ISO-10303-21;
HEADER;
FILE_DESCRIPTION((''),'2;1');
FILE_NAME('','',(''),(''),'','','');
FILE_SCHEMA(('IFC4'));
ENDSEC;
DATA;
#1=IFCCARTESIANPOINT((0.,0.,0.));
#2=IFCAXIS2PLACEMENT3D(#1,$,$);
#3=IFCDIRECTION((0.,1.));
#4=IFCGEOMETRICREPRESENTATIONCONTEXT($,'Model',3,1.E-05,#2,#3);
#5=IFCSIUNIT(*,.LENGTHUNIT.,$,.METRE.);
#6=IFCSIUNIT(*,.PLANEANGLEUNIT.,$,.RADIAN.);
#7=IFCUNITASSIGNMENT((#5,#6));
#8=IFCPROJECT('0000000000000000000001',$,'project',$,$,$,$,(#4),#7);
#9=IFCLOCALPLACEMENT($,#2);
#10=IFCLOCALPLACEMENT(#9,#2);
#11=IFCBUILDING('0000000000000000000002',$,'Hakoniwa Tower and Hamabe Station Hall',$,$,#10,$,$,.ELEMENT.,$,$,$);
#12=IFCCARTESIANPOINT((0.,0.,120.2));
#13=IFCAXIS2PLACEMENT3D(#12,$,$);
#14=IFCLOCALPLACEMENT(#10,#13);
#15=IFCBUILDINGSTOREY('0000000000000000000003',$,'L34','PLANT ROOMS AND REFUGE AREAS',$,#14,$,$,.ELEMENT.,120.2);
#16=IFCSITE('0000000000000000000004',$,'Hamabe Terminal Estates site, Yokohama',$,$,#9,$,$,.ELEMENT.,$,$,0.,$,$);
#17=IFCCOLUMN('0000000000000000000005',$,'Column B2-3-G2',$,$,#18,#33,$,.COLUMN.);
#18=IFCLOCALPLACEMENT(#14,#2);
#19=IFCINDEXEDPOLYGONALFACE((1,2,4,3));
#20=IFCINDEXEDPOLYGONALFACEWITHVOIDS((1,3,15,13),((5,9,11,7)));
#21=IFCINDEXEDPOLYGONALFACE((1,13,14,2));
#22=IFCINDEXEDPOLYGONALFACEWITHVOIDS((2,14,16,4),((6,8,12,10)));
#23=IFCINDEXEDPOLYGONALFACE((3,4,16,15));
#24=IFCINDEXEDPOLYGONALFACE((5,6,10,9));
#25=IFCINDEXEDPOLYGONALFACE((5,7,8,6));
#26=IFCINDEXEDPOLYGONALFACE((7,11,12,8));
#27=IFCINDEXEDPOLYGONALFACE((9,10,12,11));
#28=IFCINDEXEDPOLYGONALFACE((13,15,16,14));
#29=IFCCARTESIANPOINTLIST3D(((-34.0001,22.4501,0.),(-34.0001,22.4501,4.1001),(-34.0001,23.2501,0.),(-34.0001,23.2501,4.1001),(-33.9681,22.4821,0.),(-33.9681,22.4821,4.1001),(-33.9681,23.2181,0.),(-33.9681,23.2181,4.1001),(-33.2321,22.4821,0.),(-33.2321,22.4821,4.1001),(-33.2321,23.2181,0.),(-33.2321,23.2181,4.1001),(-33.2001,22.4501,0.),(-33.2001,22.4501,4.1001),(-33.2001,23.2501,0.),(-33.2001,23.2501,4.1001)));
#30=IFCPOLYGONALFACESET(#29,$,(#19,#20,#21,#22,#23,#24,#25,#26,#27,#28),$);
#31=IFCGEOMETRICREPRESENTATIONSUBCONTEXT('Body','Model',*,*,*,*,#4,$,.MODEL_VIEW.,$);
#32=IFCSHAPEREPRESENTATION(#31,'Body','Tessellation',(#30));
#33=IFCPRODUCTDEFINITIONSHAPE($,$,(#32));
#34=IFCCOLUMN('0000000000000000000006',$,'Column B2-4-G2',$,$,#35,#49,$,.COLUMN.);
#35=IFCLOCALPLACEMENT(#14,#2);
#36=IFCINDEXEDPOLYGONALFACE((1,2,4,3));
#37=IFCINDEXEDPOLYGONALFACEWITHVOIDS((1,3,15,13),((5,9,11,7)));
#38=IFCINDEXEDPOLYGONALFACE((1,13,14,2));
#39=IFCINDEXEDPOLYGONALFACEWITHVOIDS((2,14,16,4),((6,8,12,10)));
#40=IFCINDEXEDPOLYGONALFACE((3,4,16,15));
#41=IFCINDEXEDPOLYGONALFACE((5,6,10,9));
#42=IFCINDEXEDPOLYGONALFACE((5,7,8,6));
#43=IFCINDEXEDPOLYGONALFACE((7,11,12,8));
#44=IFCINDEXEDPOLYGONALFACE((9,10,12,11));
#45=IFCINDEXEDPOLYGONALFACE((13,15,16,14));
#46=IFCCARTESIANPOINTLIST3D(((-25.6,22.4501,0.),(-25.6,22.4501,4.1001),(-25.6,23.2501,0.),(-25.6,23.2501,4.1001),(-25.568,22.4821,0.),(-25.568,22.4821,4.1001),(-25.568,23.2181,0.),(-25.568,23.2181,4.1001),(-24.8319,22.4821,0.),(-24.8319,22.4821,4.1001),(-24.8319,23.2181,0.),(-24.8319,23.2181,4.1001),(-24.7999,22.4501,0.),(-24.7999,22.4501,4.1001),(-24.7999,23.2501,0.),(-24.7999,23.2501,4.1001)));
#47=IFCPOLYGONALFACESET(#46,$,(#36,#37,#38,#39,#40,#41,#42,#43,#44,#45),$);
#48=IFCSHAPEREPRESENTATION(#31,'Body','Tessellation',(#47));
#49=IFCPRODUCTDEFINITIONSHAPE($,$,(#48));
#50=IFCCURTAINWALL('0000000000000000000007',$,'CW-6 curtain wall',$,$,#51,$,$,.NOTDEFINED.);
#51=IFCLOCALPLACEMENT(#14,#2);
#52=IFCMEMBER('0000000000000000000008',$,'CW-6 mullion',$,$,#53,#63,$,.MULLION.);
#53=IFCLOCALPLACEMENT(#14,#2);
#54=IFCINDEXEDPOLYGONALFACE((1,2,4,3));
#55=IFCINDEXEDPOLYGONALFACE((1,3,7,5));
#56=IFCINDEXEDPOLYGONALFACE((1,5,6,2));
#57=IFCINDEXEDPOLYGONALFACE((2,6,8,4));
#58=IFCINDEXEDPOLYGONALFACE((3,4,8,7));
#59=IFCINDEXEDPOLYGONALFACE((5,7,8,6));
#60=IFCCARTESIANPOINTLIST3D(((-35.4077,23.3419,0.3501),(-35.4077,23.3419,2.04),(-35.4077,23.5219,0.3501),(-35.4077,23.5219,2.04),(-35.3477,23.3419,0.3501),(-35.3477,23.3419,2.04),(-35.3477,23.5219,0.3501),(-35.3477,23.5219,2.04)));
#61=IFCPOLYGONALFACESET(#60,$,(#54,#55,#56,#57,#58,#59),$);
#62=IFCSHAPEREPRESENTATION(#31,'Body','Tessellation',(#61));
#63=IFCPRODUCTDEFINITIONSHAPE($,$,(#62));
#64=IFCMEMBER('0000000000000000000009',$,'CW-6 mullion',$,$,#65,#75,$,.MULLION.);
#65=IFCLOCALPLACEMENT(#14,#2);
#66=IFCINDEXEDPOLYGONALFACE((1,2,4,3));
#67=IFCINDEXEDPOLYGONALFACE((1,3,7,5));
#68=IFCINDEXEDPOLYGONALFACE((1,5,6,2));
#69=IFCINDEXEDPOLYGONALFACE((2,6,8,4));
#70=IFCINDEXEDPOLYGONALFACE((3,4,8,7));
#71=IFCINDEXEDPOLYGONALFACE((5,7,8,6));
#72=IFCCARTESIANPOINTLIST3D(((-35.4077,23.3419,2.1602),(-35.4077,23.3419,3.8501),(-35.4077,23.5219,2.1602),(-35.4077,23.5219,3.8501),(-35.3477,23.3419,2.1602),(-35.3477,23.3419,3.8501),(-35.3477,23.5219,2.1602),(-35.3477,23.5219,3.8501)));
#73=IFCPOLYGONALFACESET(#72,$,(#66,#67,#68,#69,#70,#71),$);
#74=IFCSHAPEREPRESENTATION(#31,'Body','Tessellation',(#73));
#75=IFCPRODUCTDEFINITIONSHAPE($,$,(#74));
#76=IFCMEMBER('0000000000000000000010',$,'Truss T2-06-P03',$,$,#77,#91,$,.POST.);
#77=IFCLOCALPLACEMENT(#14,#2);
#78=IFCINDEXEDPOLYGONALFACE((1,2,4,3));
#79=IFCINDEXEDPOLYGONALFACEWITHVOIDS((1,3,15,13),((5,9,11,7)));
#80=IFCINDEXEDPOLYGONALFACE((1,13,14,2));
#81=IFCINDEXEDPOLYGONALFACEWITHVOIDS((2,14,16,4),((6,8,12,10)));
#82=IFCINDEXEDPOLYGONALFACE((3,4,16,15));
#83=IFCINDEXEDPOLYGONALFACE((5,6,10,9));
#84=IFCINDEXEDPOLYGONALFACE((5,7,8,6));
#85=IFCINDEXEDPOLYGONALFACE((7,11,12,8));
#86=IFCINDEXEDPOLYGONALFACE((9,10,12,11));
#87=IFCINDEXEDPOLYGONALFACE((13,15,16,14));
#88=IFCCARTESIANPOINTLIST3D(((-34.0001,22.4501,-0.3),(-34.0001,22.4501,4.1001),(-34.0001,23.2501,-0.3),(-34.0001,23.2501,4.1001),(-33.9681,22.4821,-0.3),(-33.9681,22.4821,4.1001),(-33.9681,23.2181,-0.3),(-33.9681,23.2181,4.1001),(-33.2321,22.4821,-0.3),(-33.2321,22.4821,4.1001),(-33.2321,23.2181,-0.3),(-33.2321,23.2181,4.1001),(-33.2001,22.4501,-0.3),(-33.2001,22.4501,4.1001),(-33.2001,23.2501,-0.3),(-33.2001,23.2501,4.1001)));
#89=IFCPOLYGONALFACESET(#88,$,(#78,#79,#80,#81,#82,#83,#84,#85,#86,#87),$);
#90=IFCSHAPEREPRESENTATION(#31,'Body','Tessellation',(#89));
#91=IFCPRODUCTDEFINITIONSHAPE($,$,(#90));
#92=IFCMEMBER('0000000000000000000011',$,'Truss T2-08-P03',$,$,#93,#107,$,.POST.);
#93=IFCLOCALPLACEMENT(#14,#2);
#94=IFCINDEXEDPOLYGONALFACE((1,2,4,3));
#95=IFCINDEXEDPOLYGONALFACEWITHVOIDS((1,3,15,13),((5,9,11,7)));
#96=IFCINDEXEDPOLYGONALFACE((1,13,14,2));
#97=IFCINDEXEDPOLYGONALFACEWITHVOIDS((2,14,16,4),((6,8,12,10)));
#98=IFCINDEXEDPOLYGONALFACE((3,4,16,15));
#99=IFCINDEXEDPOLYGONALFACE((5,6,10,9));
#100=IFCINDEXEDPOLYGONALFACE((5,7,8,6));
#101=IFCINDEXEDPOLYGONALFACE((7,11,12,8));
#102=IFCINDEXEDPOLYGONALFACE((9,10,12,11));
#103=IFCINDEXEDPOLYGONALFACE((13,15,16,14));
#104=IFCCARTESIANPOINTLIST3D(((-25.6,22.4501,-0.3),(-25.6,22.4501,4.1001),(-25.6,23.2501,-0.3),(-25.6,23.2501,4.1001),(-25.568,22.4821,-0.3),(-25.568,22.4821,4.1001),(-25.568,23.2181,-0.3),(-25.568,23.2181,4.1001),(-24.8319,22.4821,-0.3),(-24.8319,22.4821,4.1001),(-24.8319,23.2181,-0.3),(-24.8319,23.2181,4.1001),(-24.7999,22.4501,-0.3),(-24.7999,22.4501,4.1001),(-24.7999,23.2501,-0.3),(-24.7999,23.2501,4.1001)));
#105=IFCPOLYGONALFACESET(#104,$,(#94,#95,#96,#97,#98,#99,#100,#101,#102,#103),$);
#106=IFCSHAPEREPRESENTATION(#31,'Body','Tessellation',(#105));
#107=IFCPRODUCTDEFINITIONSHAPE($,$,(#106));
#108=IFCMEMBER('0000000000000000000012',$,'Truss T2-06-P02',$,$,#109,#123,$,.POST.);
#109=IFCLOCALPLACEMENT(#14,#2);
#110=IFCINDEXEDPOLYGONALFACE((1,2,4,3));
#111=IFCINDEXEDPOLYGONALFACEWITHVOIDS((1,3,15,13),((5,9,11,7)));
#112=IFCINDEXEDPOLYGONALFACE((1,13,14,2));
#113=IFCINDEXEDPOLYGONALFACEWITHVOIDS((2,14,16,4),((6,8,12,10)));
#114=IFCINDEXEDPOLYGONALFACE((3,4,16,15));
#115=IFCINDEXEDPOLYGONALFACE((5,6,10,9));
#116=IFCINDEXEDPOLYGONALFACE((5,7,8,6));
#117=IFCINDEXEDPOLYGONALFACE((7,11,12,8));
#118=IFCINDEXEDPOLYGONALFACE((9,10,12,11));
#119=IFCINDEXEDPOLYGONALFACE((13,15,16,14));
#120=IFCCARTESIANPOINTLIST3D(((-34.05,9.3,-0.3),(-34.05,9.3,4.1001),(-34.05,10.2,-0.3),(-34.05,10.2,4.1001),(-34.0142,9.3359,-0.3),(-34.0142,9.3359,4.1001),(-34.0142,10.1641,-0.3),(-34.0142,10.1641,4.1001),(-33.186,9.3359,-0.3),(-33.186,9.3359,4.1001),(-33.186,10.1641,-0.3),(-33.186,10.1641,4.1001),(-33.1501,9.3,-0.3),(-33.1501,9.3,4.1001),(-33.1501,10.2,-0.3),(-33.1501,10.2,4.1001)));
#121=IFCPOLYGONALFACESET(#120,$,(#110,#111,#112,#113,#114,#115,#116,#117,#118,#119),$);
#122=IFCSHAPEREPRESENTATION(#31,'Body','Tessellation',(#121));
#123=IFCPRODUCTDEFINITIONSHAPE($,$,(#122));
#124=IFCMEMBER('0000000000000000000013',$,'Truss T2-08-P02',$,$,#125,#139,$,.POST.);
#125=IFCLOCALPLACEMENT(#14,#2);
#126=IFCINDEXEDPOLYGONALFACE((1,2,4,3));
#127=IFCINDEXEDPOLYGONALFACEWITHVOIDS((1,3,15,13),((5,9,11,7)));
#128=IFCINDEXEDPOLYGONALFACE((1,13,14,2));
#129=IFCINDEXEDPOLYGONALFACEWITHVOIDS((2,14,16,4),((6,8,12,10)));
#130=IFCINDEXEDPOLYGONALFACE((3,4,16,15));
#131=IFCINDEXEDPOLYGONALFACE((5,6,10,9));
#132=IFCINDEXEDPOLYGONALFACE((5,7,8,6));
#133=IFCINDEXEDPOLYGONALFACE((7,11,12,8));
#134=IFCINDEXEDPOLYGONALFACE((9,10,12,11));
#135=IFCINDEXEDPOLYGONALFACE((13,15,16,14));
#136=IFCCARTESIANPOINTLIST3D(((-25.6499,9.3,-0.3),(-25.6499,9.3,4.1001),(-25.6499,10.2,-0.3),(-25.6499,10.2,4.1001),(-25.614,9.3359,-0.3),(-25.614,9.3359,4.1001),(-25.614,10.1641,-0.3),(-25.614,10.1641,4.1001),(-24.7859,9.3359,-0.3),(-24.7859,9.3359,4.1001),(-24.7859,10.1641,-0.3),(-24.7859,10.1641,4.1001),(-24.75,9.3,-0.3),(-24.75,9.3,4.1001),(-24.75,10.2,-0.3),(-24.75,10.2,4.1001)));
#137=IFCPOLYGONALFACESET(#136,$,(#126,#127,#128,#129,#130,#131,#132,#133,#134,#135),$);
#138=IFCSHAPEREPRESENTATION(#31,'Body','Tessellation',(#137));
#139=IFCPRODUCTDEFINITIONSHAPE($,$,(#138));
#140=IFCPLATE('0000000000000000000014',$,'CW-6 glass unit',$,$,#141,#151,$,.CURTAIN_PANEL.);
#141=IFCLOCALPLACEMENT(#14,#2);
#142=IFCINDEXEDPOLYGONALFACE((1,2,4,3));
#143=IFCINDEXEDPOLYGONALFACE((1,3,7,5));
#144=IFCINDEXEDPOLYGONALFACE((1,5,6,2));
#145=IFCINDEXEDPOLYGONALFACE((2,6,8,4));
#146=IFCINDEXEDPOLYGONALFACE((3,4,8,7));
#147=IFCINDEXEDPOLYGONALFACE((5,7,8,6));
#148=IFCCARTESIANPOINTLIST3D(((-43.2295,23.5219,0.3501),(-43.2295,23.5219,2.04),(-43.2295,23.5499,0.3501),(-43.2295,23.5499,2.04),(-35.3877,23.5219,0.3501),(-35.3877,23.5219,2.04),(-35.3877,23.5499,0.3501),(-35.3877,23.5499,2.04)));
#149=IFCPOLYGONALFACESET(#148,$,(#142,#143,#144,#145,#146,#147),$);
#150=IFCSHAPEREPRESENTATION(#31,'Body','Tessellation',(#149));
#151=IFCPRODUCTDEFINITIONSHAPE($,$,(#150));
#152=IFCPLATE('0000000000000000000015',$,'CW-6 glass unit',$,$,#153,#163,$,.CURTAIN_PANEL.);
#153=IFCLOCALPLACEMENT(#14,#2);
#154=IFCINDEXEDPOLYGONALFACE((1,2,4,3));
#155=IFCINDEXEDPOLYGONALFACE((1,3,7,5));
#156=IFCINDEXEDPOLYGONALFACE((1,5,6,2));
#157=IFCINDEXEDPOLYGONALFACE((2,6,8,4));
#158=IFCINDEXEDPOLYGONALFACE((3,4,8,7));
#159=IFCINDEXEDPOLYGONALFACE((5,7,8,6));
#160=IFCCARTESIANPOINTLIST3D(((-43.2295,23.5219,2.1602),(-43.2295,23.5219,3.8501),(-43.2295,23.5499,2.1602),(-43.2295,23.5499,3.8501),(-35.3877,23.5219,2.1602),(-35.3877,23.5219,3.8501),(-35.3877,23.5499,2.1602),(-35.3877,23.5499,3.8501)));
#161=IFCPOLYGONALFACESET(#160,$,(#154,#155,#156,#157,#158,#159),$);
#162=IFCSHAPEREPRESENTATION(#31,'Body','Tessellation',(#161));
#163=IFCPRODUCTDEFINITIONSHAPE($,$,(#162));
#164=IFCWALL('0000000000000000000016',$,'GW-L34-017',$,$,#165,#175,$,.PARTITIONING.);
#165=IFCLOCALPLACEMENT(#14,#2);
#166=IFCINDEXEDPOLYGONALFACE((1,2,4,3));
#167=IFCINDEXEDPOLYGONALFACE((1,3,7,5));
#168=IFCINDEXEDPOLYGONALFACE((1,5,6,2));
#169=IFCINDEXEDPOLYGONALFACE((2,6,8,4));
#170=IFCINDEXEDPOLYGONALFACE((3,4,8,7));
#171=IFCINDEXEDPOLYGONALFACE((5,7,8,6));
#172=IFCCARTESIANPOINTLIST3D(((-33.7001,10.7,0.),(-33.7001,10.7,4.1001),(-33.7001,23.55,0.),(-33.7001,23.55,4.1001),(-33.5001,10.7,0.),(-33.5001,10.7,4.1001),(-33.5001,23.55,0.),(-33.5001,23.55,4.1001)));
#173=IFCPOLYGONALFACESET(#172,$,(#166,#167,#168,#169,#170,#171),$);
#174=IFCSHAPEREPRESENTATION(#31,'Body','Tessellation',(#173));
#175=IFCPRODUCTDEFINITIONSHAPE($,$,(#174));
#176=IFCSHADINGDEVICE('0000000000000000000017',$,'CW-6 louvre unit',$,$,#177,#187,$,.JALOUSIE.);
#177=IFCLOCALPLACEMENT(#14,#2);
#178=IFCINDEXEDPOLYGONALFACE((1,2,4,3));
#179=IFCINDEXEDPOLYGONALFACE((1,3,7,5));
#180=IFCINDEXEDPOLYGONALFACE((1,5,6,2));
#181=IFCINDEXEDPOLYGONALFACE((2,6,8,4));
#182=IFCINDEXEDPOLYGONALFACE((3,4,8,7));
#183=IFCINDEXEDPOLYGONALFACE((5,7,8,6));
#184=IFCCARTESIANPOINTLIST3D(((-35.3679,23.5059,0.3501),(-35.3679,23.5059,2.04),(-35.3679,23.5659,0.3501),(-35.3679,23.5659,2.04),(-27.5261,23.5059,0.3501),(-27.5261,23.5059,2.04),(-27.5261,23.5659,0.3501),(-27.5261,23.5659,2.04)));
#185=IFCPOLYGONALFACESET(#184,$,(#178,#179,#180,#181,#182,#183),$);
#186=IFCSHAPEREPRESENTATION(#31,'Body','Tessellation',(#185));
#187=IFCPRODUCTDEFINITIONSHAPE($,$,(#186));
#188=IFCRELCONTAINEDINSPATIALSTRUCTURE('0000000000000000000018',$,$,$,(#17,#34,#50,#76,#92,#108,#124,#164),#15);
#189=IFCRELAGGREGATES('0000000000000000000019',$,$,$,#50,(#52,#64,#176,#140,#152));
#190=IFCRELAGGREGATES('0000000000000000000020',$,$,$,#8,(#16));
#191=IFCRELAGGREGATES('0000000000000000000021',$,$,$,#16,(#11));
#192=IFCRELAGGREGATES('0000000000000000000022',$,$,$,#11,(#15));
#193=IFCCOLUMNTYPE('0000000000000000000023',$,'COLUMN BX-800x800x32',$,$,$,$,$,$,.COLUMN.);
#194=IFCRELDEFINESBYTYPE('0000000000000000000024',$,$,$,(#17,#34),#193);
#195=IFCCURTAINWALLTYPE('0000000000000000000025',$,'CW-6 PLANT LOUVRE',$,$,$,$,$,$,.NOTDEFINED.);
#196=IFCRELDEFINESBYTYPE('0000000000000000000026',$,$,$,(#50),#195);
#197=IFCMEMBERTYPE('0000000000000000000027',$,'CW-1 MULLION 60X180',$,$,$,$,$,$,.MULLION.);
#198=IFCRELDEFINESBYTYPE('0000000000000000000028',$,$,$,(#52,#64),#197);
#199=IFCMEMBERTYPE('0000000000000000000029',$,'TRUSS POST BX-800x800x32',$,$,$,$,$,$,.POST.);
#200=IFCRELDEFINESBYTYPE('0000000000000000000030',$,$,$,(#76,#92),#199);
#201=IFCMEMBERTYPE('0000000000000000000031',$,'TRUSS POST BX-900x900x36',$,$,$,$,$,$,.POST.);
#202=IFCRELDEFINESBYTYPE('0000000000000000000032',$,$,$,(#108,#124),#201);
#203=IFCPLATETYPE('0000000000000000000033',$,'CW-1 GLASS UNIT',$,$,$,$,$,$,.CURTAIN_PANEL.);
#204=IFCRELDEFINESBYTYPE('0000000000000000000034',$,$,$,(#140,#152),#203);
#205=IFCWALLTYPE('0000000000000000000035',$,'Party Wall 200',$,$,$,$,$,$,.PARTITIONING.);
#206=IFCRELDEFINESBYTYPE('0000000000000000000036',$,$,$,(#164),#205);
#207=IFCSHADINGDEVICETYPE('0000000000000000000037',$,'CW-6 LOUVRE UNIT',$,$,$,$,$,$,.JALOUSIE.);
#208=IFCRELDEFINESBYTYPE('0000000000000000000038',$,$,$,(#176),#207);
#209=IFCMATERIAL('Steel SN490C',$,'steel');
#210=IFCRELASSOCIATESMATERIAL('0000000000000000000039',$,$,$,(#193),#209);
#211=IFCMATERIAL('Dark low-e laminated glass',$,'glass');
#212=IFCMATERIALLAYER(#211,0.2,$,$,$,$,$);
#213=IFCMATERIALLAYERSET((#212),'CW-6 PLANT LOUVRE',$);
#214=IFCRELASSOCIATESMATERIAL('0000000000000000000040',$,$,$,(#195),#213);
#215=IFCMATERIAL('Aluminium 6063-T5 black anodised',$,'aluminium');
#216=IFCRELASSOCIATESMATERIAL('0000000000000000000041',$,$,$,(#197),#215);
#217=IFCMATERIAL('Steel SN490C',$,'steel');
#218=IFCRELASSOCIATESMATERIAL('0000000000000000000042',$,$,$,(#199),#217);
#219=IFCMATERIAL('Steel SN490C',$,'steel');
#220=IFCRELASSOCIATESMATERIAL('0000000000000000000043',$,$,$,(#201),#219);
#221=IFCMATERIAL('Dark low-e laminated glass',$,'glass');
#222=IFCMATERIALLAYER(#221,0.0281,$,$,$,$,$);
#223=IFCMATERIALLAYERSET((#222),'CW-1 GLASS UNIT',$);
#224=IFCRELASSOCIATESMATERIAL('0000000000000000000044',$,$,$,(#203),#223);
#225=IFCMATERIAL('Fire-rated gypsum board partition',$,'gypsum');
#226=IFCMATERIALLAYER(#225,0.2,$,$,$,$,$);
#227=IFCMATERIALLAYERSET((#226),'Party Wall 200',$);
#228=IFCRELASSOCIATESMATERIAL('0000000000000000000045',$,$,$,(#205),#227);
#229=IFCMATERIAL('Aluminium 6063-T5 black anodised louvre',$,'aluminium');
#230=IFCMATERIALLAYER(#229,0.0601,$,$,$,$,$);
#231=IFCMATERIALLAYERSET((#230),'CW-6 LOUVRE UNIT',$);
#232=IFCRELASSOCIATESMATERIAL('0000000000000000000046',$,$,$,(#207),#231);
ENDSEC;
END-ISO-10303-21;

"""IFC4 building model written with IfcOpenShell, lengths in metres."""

from ifc_helpers import new_model, si_unit, direction, frame, frame_2d, origin, origin_2d, place, context, subcontext, project, spatial, rectangle, hollow_rectangle, extrude, material, layer, layer_set, material_profile, profile_set, type_object, element, aggregate, save


model = new_model("IFC4")

# Units and contexts
model_context = context("Model", 3, precision=1e-05, world=origin(), true_north=direction((0.0, 1.0)))
body_context = subcontext(model_context, "Body", "Model", "MODEL_VIEW")
ifc_project = project(units=[si_unit("LENGTHUNIT", "METRE"), si_unit("PLANEANGLEUNIT", "RADIAN")], contexts=[model_context])

# Site, building, storey
site_placement = place(None, origin())
site = spatial("IfcSite", under=ifc_project, at=site_placement, Name="Hamabe Terminal Estates site, Yokohama", CompositionType="ELEMENT", RefElevation=0.0)
building_placement = place(site_placement, origin())
building = spatial("IfcBuilding", under=site, at=building_placement, Name="Hakoniwa Tower and Hamabe Station Hall", CompositionType="ELEMENT")
storey_placement = place(building_placement, frame((0.0, 0.0, 120.2)))
storey = spatial("IfcBuildingStorey", under=building, at=storey_placement, Name="L34", Description="PLANT ROOMS AND REFUGE AREAS", CompositionType="ELEMENT", Elevation=120.2)

# Columns
ifc_material_1 = material(Name="Steel SN490C", Category="steel")
ifc_material_profile_1 = material_profile(ifc_material_1, hollow_rectangle(XDim=0.8, YDim=0.8, WallThickness=0.032, at=origin_2d()), Name="BX-800x800x32")
ifc_profile_set_1 = profile_set([ifc_material_profile_1], Name="Steel SN490C")
column_type = type_object("IfcColumnType", Name="COLUMN BX-800x800x32", PredefinedType="COLUMN", material=ifc_profile_set_1)
for number, where, z_axis, x_axis, name in (
    (1, (-33.6001, 22.8501, 0.0), (0.0, 0.0, 1.0), (1.0, 0.0, 0.0), "Column B2-3-G2"),
    (2, (-25.2, 22.8501, 0.0), (0.0, 0.0, 1.0), (1.0, 0.0, 0.0), "Column B2-4-G2"),
):
    element("IfcColumn", number, at=place(storey_placement, frame(where, z_axis=z_axis, x_axis=x_axis)), inside=storey, type_object=column_type, Name=name, PredefinedType="COLUMN", context=body_context, shape_type="SweptSolid", body=[
        extrude(hollow_rectangle(XDim=0.8, YDim=0.8, WallThickness=0.032, at=origin_2d()), origin(), (0.0, 0.0, 1.0), 4.1001),
    ])

# Curtain wall, members
ifc_material_2 = material(Name="Dark low-e laminated glass", Category="glass")
ifc_layer_1 = layer(ifc_material_2, 0.2)
ifc_layer_set_1 = layer_set([ifc_layer_1], Name="CW-6 PLANT LOUVRE")
curtain_wall_type = type_object("IfcCurtainWallType", Name="CW-6 PLANT LOUVRE", PredefinedType="NOTDEFINED", material=ifc_layer_set_1)
curtain_wall_placement = place(storey_placement, origin())
curtain_wall = element("IfcCurtainWall", 3, at=curtain_wall_placement, inside=storey, type_object=curtain_wall_type, Name="CW-6 curtain wall", PredefinedType="NOTDEFINED")
ifc_material_3 = material(Name="Aluminium 6063-T5 black anodised", Category="aluminium")
ifc_material_profile_2 = material_profile(ifc_material_3, rectangle(XDim=0.0601, YDim=0.1799, at=origin_2d()), Name="CW-1 MULLION 60X180")
ifc_profile_set_2 = profile_set([ifc_material_profile_2], Name="Aluminium 6063-T5 black anodised")
member_type_1 = type_object("IfcMemberType", Name="CW-1 MULLION 60X180", PredefinedType="MULLION", material=ifc_profile_set_2)
member_1_placement = place(storey_placement, frame((-35.3777, 23.4319, 0.3501), z_axis=(0.0, 0.0, 1.0), x_axis=(-1.0, 0.0, 0.0)))
member_1 = element("IfcMember", 4, at=member_1_placement, type_object=member_type_1, Name="CW-6 mullion", PredefinedType="MULLION", context=body_context, shape_type="SweptSolid", body=[
    extrude(rectangle(XDim=0.0601, YDim=0.1799, at=origin_2d()), origin(), (0.0, 0.0, 1.0), 1.6899),
])
member_2_placement = place(storey_placement, frame((-35.3777, 23.4319, 2.1602), z_axis=(0.0, 0.0, 1.0), x_axis=(-1.0, 0.0, 0.0)))
member_2 = element("IfcMember", 5, at=member_2_placement, type_object=member_type_1, Name="CW-6 mullion", PredefinedType="MULLION", context=body_context, shape_type="SweptSolid", body=[
    extrude(rectangle(XDim=0.0601, YDim=0.1799, at=origin_2d()), origin(), (0.0, 0.0, 1.0), 1.6899),
])

# Members
ifc_material_4 = material(Name="Steel SN490C", Category="steel")
ifc_material_profile_3 = material_profile(ifc_material_4, hollow_rectangle(XDim=0.8, YDim=0.8, WallThickness=0.032, at=origin_2d()), Name="BX-800x800x32")
ifc_profile_set_3 = profile_set([ifc_material_profile_3], Name="Steel SN490C")
member_type_2 = type_object("IfcMemberType", Name="TRUSS POST BX-800x800x32", PredefinedType="POST", material=ifc_profile_set_3)
for number, where, z_axis, x_axis, name in (
    (6, (-33.6001, 22.8501, -0.3), (0.0, 0.0, 1.0), (1.0, 0.0, 0.0), "Truss T2-06-P03"),
    (7, (-25.2, 22.8501, -0.3), (0.0, 0.0, 1.0), (1.0, 0.0, 0.0), "Truss T2-08-P03"),
):
    element("IfcMember", number, at=place(storey_placement, frame(where, z_axis=z_axis, x_axis=x_axis)), inside=storey, type_object=member_type_2, Name=name, PredefinedType="POST", context=body_context, shape_type="SweptSolid", body=[
        extrude(hollow_rectangle(XDim=0.8, YDim=0.8, WallThickness=0.032, at=origin_2d()), origin(), (0.0, 0.0, 1.0), 4.4001),
    ])
ifc_material_5 = material(Name="Steel SN490C", Category="steel")
ifc_material_profile_4 = material_profile(ifc_material_5, hollow_rectangle(XDim=0.8999, YDim=0.8999, WallThickness=0.0359, at=origin_2d()), Name="BX-900x900x36")
ifc_profile_set_4 = profile_set([ifc_material_profile_4], Name="Steel SN490C")
member_type_3 = type_object("IfcMemberType", Name="TRUSS POST BX-900x900x36", PredefinedType="POST", material=ifc_profile_set_4)
for number, where, z_axis, x_axis, name in (
    (8, (-33.6001, 9.75, -0.3), (0.0, 0.0, 1.0), (1.0, 0.0, 0.0), "Truss T2-06-P02"),
    (9, (-25.2, 9.75, -0.3), (0.0, 0.0, 1.0), (1.0, 0.0, 0.0), "Truss T2-08-P02"),
):
    element("IfcMember", number, at=place(storey_placement, frame(where, z_axis=z_axis, x_axis=x_axis)), inside=storey, type_object=member_type_3, Name=name, PredefinedType="POST", context=body_context, shape_type="SweptSolid", body=[
        extrude(hollow_rectangle(XDim=0.8999, YDim=0.8999, WallThickness=0.0359, at=origin_2d()), origin(), (0.0, 0.0, 1.0), 4.4001),
    ])

# Plates
ifc_material_6 = material(Name="Dark low-e laminated glass", Category="glass")
ifc_layer_2 = layer(ifc_material_6, 0.0281)
ifc_layer_set_2 = layer_set([ifc_layer_2], Name="CW-1 GLASS UNIT")
plate_type = type_object("IfcPlateType", Name="CW-1 GLASS UNIT", PredefinedType="CURTAIN_PANEL", material=ifc_layer_set_2)
plate_1_placement = place(storey_placement, frame((-39.3086, 23.5359, 0.3501), z_axis=(0.0, 0.0, 1.0), x_axis=(-1.0, 0.0, 0.0)))
plate_1 = element("IfcPlate", 10, at=plate_1_placement, type_object=plate_type, Name="CW-6 glass unit", PredefinedType="CURTAIN_PANEL", context=body_context, shape_type="SweptSolid", body=[
    extrude(rectangle(XDim=7.8418, YDim=0.0281, at=origin_2d()), origin(), (0.0, 0.0, 1.0), 1.6899),
])
plate_2_placement = place(storey_placement, frame((-39.3086, 23.5359, 2.1602), z_axis=(0.0, 0.0, 1.0), x_axis=(-1.0, 0.0, 0.0)))
plate_2 = element("IfcPlate", 11, at=plate_2_placement, type_object=plate_type, Name="CW-6 glass unit", PredefinedType="CURTAIN_PANEL", context=body_context, shape_type="SweptSolid", body=[
    extrude(rectangle(XDim=7.8418, YDim=0.0281, at=origin_2d()), origin(), (0.0, 0.0, 1.0), 1.6899),
])

# Wall
ifc_material_7 = material(Name="Fire-rated gypsum board partition", Category="gypsum")
ifc_layer_3 = layer(ifc_material_7, 0.2)
ifc_layer_set_3 = layer_set([ifc_layer_3], Name="Party Wall 200")
wall_type = type_object("IfcWallType", Name="Party Wall 200", PredefinedType="PARTITIONING", material=ifc_layer_set_3)
wall_placement = place(storey_placement, frame((-33.6001, 10.7, 0.0), z_axis=(0.0, 0.0, 1.0), x_axis=(0.0, 1.0, 0.0)))
element("IfcWall", 12, at=wall_placement, inside=storey, type_object=wall_type, Name="GW-L34-017", PredefinedType="PARTITIONING", context=body_context, shape_type="SweptSolid", body=[
    extrude(rectangle(XDim=12.8501, YDim=0.2, at=frame_2d((6.425, 0.0))), origin(), (0.0, 0.0, 1.0), 4.1001),
])

# Shading device
ifc_material_8 = material(Name="Aluminium 6063-T5 black anodised louvre", Category="aluminium")
ifc_layer_4 = layer(ifc_material_8, 0.0601)
ifc_layer_set_4 = layer_set([ifc_layer_4], Name="CW-6 LOUVRE UNIT")
shading_device_type = type_object("IfcShadingDeviceType", Name="CW-6 LOUVRE UNIT", PredefinedType="JALOUSIE", material=ifc_layer_set_4)
shading_device_1_placement = place(storey_placement, frame((-31.447, 23.5359, 0.3501), z_axis=(0.0, 0.0, 1.0), x_axis=(-1.0, 0.0, 0.0)))
shading_device_1 = element("IfcShadingDevice", 13, at=shading_device_1_placement, type_object=shading_device_type, Name="CW-6 louvre unit", PredefinedType="JALOUSIE", context=body_context, shape_type="SweptSolid", body=[
    extrude(rectangle(XDim=7.8418, YDim=0.0601, at=origin_2d()), origin(), (0.0, 0.0, 1.0), 1.6899),
])
aggregate(curtain_wall, [member_1, member_2, shading_device_1, plate_1, plate_2])

save(model, "model.ifc")
